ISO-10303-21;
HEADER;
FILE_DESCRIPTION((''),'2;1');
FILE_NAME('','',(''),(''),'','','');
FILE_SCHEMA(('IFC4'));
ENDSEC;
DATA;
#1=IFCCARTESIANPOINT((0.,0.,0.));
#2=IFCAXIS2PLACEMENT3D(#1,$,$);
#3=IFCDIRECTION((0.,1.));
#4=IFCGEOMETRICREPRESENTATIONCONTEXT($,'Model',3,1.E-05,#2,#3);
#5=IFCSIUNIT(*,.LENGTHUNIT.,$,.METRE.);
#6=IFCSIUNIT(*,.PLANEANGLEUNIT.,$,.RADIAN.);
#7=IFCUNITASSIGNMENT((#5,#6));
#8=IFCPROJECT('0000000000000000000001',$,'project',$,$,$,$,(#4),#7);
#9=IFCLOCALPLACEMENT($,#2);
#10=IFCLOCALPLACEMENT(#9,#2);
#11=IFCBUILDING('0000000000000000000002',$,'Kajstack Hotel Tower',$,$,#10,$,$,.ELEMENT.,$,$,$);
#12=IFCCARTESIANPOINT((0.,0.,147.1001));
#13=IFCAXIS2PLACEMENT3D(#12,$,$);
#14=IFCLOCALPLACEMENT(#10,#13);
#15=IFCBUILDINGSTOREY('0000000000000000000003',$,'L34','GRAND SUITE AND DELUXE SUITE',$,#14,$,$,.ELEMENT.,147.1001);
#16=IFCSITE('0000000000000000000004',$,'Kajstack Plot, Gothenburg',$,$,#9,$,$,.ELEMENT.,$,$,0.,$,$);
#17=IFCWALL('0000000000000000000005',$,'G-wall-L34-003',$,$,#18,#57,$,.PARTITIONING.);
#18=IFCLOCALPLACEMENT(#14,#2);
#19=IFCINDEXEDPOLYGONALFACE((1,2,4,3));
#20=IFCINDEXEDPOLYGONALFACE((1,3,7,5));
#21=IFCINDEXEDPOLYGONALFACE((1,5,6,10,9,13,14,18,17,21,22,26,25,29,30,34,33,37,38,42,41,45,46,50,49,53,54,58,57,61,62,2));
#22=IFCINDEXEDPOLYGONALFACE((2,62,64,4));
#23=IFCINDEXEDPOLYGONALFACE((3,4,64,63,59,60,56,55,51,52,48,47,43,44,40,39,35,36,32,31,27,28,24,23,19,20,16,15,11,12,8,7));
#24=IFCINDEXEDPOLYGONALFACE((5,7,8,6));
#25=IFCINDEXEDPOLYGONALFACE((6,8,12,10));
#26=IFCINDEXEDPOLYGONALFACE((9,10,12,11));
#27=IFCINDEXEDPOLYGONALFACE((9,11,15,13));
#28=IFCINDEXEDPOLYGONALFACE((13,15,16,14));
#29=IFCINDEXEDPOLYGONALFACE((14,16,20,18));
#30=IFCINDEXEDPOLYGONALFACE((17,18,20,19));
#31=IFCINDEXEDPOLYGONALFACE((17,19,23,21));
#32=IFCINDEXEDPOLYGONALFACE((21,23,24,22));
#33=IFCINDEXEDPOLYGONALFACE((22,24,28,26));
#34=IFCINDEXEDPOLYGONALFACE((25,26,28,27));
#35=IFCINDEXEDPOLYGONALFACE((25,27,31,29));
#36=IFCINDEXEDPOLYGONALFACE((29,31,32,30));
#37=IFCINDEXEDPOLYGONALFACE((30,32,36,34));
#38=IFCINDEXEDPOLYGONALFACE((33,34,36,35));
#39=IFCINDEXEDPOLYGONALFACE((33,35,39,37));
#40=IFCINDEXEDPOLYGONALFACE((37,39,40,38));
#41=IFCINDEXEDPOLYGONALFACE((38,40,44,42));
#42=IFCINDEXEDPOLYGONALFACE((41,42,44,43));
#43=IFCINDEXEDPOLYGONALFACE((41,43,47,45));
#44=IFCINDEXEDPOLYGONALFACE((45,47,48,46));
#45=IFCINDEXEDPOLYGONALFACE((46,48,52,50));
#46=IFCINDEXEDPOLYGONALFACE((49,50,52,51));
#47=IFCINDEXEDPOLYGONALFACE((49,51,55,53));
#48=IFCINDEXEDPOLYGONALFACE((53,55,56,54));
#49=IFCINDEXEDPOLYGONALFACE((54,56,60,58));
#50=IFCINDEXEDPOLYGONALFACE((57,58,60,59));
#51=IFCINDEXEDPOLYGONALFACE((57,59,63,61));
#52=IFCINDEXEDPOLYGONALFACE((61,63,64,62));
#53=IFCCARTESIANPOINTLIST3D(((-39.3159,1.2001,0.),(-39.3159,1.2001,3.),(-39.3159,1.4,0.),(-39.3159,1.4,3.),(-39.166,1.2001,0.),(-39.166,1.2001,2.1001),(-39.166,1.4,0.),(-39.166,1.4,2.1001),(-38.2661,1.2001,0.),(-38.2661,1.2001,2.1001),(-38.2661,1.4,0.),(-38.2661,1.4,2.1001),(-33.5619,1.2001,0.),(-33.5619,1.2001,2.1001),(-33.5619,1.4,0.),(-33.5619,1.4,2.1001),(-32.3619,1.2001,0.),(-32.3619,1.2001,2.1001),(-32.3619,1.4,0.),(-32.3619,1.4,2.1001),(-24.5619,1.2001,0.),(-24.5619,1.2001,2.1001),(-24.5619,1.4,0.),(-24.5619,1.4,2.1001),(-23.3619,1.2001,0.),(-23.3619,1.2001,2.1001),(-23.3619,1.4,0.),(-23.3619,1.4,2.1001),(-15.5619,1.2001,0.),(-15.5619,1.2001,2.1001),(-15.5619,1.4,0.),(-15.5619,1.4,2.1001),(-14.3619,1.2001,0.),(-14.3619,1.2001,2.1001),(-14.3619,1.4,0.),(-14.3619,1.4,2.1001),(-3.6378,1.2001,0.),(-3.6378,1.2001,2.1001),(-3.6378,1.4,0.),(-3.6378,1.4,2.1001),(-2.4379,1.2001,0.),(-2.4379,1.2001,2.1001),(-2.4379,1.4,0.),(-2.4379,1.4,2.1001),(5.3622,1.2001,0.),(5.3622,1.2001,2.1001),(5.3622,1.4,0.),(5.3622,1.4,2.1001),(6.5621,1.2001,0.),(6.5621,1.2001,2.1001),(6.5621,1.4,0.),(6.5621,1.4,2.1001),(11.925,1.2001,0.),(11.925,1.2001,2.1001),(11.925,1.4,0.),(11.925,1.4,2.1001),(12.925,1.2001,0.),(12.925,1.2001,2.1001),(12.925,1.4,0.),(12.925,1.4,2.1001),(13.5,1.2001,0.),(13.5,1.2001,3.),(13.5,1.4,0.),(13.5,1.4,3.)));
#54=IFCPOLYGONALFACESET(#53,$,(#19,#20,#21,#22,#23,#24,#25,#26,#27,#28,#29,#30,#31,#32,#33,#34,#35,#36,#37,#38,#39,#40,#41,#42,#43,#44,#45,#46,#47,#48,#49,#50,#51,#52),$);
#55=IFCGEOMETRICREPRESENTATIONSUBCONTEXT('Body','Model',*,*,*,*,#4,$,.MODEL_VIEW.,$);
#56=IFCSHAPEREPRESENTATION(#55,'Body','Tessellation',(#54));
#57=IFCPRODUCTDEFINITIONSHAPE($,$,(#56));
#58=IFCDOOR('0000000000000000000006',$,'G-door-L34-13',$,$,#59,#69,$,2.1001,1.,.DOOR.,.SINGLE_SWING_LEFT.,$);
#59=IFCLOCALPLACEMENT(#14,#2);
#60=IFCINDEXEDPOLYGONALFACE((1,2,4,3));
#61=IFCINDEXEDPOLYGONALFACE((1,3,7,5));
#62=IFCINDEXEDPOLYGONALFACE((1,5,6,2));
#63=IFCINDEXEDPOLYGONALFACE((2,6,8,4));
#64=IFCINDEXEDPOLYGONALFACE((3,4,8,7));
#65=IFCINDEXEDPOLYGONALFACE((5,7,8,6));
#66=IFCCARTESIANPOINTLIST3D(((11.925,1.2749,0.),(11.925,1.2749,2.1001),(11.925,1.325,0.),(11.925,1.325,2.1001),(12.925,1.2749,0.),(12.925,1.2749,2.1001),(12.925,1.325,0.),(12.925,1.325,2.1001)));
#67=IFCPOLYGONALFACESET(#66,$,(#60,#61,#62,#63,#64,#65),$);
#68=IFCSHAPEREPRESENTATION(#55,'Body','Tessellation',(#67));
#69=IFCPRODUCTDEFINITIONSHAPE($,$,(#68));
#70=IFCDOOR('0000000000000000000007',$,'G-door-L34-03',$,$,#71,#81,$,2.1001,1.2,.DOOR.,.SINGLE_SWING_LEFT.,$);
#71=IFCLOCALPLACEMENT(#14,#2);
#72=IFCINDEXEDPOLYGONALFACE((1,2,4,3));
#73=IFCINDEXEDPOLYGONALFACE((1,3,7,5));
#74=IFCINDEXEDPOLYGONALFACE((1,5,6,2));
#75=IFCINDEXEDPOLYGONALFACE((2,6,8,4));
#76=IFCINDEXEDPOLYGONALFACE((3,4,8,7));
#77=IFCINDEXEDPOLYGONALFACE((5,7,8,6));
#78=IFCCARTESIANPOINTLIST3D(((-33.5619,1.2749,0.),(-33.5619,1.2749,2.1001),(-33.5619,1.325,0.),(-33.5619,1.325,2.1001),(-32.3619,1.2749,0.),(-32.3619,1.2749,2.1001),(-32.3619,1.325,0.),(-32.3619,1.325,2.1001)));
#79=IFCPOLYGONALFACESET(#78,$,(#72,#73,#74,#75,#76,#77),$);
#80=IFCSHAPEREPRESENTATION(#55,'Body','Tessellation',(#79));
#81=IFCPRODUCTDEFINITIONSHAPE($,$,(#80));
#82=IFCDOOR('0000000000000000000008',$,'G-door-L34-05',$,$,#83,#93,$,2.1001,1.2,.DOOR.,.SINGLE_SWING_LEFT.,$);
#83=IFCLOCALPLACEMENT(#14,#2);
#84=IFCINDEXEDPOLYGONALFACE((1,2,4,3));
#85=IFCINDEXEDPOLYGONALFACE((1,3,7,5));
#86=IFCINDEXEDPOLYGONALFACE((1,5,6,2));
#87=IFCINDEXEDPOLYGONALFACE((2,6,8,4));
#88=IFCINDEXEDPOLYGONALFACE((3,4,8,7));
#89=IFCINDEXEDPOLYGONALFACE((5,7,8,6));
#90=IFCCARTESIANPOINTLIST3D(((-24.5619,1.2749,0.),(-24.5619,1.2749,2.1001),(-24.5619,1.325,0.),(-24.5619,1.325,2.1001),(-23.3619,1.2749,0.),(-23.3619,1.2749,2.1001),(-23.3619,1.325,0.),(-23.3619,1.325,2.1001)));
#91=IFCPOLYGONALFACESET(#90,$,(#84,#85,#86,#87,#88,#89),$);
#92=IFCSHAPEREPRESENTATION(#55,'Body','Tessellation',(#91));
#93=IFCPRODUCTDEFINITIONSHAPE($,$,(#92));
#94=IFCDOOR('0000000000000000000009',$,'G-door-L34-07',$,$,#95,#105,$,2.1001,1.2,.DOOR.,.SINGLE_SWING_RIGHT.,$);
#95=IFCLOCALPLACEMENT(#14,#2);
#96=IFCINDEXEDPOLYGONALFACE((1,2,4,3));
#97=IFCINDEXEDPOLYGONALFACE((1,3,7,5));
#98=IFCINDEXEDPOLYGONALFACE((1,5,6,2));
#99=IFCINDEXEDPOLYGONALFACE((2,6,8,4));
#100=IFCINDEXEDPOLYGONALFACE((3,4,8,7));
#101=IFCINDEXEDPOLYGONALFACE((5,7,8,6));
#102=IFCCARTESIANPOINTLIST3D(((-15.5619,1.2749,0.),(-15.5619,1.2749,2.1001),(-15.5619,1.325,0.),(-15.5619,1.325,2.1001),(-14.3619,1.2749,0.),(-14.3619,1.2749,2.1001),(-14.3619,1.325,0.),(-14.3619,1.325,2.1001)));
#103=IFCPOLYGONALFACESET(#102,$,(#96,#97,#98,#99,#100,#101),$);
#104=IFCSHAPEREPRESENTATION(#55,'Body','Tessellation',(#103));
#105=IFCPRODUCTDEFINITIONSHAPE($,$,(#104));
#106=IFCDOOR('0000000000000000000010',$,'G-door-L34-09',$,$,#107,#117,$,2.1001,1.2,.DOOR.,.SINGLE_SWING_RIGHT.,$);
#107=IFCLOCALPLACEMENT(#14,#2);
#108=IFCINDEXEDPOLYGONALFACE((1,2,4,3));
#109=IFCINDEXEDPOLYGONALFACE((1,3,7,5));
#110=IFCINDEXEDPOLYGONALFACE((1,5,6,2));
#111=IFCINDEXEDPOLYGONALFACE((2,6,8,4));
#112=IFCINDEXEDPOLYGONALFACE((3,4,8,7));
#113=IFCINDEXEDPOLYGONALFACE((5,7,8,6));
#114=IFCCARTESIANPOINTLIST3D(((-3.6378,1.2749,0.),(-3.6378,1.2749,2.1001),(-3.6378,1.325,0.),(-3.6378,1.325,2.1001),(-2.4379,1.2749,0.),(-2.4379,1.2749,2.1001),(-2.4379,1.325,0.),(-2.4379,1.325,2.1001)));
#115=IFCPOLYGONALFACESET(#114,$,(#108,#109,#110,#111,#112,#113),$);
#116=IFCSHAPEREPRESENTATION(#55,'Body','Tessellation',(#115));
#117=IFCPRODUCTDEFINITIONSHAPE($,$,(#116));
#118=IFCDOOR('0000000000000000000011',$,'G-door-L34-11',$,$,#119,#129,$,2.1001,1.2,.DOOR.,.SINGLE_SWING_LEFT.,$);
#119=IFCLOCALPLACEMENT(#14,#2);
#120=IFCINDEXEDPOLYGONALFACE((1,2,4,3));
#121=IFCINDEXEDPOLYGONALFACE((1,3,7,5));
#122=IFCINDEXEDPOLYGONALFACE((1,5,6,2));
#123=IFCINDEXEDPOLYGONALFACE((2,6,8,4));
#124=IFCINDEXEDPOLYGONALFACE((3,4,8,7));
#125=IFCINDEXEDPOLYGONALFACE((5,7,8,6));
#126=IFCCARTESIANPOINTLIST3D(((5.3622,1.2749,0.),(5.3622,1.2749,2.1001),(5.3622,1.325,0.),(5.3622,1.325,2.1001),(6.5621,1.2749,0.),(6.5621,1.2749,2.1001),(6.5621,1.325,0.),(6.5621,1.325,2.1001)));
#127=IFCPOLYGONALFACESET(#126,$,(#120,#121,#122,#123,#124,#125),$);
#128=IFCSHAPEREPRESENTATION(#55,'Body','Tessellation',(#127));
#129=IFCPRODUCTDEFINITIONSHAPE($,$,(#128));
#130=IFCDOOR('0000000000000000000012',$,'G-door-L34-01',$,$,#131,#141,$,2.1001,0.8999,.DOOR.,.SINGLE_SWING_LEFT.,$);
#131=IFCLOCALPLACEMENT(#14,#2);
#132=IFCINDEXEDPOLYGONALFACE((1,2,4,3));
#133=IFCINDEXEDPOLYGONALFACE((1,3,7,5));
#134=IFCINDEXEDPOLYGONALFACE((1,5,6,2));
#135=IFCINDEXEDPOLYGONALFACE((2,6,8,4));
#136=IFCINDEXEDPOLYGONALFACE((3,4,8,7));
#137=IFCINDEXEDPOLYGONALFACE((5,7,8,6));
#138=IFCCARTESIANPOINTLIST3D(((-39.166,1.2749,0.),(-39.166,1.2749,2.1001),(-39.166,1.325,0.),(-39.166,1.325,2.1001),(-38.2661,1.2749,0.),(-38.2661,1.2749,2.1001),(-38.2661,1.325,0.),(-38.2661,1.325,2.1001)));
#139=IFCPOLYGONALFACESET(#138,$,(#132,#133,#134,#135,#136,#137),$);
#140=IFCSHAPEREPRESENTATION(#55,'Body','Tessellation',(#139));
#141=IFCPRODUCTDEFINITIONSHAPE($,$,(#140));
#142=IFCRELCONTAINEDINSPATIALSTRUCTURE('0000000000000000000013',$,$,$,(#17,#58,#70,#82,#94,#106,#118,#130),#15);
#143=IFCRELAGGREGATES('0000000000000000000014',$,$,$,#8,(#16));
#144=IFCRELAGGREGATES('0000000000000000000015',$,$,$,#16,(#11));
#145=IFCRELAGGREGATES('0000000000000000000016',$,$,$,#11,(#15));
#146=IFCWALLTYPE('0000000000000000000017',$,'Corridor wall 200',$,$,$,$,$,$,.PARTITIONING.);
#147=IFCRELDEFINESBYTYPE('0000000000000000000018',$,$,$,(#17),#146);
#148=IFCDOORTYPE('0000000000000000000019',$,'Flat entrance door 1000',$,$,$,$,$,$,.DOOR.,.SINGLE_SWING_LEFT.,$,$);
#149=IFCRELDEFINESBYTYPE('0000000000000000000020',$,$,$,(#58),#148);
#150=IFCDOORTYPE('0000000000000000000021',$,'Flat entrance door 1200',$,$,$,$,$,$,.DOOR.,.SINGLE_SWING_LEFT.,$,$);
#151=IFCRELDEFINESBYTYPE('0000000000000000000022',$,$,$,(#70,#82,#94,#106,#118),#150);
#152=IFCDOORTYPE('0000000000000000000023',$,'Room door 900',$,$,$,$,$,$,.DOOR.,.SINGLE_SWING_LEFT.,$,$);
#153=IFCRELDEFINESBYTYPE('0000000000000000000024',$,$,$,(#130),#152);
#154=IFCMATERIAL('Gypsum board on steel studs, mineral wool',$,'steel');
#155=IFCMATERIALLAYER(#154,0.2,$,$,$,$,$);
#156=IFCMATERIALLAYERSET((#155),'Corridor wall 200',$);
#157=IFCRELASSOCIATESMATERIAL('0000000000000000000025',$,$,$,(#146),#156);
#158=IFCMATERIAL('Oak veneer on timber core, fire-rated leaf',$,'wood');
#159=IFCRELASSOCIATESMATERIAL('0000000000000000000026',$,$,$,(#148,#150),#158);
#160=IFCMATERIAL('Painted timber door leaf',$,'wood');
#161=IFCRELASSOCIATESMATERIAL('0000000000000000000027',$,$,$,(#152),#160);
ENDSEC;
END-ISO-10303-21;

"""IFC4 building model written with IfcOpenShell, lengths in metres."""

from ifc_helpers import new_model, si_unit, direction, frame, frame_2d, origin, place, context, subcontext, project, spatial, rectangle, extrude, material, layer, layer_set, type_object, element, fill, save


model = new_model("IFC4")

# Units and contexts
model_context = context("Model", 3, precision=1e-05, world=origin(), true_north=direction((0.0, 1.0)))
body_context = subcontext(model_context, "Body", "Model", "MODEL_VIEW")
ifc_project = project(units=[si_unit("LENGTHUNIT", "METRE"), si_unit("PLANEANGLEUNIT", "RADIAN")], contexts=[model_context])

# Site, building, storey
site_placement = place(None, origin())
site = spatial("IfcSite", under=ifc_project, at=site_placement, Name="Kajstack Plot, Gothenburg", CompositionType="ELEMENT", RefElevation=0.0)
building_placement = place(site_placement, origin())
building = spatial("IfcBuilding", under=site, at=building_placement, Name="Kajstack Hotel Tower", CompositionType="ELEMENT")
storey_placement = place(building_placement, frame((0.0, 0.0, 147.1001)))
storey = spatial("IfcBuildingStorey", under=building, at=storey_placement, Name="L34", Description="GRAND SUITE AND DELUXE SUITE", CompositionType="ELEMENT", Elevation=147.1001)

# Wall, openings, doors
ifc_material_1 = material(Name="Gypsum board on steel studs, mineral wool", Category="steel")
ifc_layer_1 = layer(ifc_material_1, 0.2)
ifc_layer_set_1 = layer_set([ifc_layer_1], Name="Corridor wall 200")
wall_type_1 = type_object("IfcWallType", Name="Corridor wall 200", PredefinedType="PARTITIONING", material=ifc_layer_set_1)
wall_1_placement = place(storey_placement, frame((-39.3159, 1.3, 0.0), z_axis=(0.0, 0.0, 1.0), x_axis=(1.0, 0.0, 0.0)))
wall_1 = element("IfcWall", 1, at=wall_1_placement, inside=storey, type_object=wall_type_1, Name="G-wall-L34-003", PredefinedType="PARTITIONING", context=body_context, shape_type="SweptSolid", body=[
    extrude(rectangle(XDim=52.8159, YDim=0.2, at=frame_2d((26.408, 0.0))), origin(), (0.0, 0.0, 1.0), 3.0),
])
opening_1_placement = place(wall_1_placement, frame((0.1499, 0.0, 0.0)))
opening_1 = element("IfcOpeningElement", 2, at=opening_1_placement, cuts=wall_1, PredefinedType="OPENING", context=body_context, shape_type="SweptSolid", body=[
    extrude(rectangle(XDim=0.8999, YDim=2.1001, at=frame_2d((0.45, 1.05))), frame((0.0, 0.1099, 0.0), z_axis=(0.0, -1.0, 0.0), x_axis=(1.0, 0.0, 0.0)), (0.0, 0.0, 1.0), 0.22),
])
opening_2_placement = place(wall_1_placement, frame((5.7539, 0.0, 0.0)))
opening_2 = element("IfcOpeningElement", 3, at=opening_2_placement, cuts=wall_1, PredefinedType="OPENING", context=body_context, shape_type="SweptSolid", body=[
    extrude(rectangle(XDim=1.2, YDim=2.1001, at=frame_2d((0.6001, 1.05))), frame((0.0, 0.1099, 0.0), z_axis=(0.0, -1.0, 0.0), x_axis=(1.0, 0.0, 0.0)), (0.0, 0.0, 1.0), 0.22),
])
opening_3_placement = place(wall_1_placement, frame((14.7539, 0.0, 0.0)))
opening_3 = element("IfcOpeningElement", 4, at=opening_3_placement, cuts=wall_1, PredefinedType="OPENING", context=body_context, shape_type="SweptSolid", body=[
    extrude(rectangle(XDim=1.2, YDim=2.1001, at=frame_2d((0.6001, 1.05))), frame((0.0, 0.1099, 0.0), z_axis=(0.0, -1.0, 0.0), x_axis=(1.0, 0.0, 0.0)), (0.0, 0.0, 1.0), 0.22),
])
opening_4_placement = place(wall_1_placement, frame((23.7539, 0.0, 0.0)))
opening_4 = element("IfcOpeningElement", 5, at=opening_4_placement, cuts=wall_1, PredefinedType="OPENING", context=body_context, shape_type="SweptSolid", body=[
    extrude(rectangle(XDim=1.2, YDim=2.1001, at=frame_2d((0.6001, 1.05))), frame((0.0, 0.1099, 0.0), z_axis=(0.0, -1.0, 0.0), x_axis=(1.0, 0.0, 0.0)), (0.0, 0.0, 1.0), 0.22),
])
opening_5_placement = place(wall_1_placement, frame((35.678, 0.0, 0.0)))
opening_5 = element("IfcOpeningElement", 6, at=opening_5_placement, cuts=wall_1, PredefinedType="OPENING", context=body_context, shape_type="SweptSolid", body=[
    extrude(rectangle(XDim=1.2, YDim=2.1001, at=frame_2d((0.6001, 1.05))), frame((0.0, 0.1099, 0.0), z_axis=(0.0, -1.0, 0.0), x_axis=(1.0, 0.0, 0.0)), (0.0, 0.0, 1.0), 0.22),
])
opening_6_placement = place(wall_1_placement, frame((44.678, 0.0, 0.0)))
opening_6 = element("IfcOpeningElement", 7, at=opening_6_placement, cuts=wall_1, PredefinedType="OPENING", context=body_context, shape_type="SweptSolid", body=[
    extrude(rectangle(XDim=1.2, YDim=2.1001, at=frame_2d((0.6001, 1.05))), frame((0.0, 0.1099, 0.0), z_axis=(0.0, -1.0, 0.0), x_axis=(1.0, 0.0, 0.0)), (0.0, 0.0, 1.0), 0.22),
])
opening_7_placement = place(wall_1_placement, frame((51.241, 0.0, 0.0)))
opening_7 = element("IfcOpeningElement", 8, at=opening_7_placement, cuts=wall_1, PredefinedType="OPENING", context=body_context, shape_type="SweptSolid", body=[
    extrude(rectangle(XDim=1.0, YDim=2.1001, at=frame_2d((0.5, 1.05))), frame((0.0, 0.1099, 0.0), z_axis=(0.0, -1.0, 0.0), x_axis=(1.0, 0.0, 0.0)), (0.0, 0.0, 1.0), 0.22),
])
ifc_material_2 = material(Name="Oak veneer on timber core, fire-rated leaf", Category="wood")
door_type_1 = type_object("IfcDoorType", Name="Flat entrance door 1000", OperationType="SINGLE_SWING_LEFT", PredefinedType="DOOR", material=ifc_material_2)
door_1_placement = place(opening_7_placement, origin())
door_1 = element("IfcDoor", 9, at=door_1_placement, inside=storey, type_object=door_type_1, Name="G-door-L34-13", OperationType="SINGLE_SWING_LEFT", OverallHeight=2.1001, OverallWidth=1.0, PredefinedType="DOOR", context=body_context, shape_type="SweptSolid", body=[
    extrude(rectangle(XDim=1.0, YDim=2.1001, at=frame_2d((0.5, 1.05))), frame((0.0, 0.0249, 0.0), z_axis=(0.0, -1.0, 0.0), x_axis=(1.0, 0.0, 0.0)), (0.0, 0.0, 1.0), 0.05),
])
fill(opening_7, door_1)
door_type_2 = type_object("IfcDoorType", Name="Flat entrance door 1200", OperationType="SINGLE_SWING_LEFT", PredefinedType="DOOR", material=ifc_material_2)
door_2_placement = place(opening_2_placement, origin())
door_2 = element("IfcDoor", 10, at=door_2_placement, inside=storey, type_object=door_type_2, Name="G-door-L34-03", OperationType="SINGLE_SWING_LEFT", OverallHeight=2.1001, OverallWidth=1.2, PredefinedType="DOOR", context=body_context, shape_type="SweptSolid", body=[
    extrude(rectangle(XDim=1.2, YDim=2.1001, at=frame_2d((0.6001, 1.05))), frame((0.0, 0.0249, 0.0), z_axis=(0.0, -1.0, 0.0), x_axis=(1.0, 0.0, 0.0)), (0.0, 0.0, 1.0), 0.05),
])
fill(opening_2, door_2)
door_3_placement = place(opening_3_placement, origin())
door_3 = element("IfcDoor", 11, at=door_3_placement, inside=storey, type_object=door_type_2, Name="G-door-L34-05", OperationType="SINGLE_SWING_LEFT", OverallHeight=2.1001, OverallWidth=1.2, PredefinedType="DOOR", context=body_context, shape_type="SweptSolid", body=[
    extrude(rectangle(XDim=1.2, YDim=2.1001, at=frame_2d((0.6001, 1.05))), frame((0.0, 0.0249, 0.0), z_axis=(0.0, -1.0, 0.0), x_axis=(1.0, 0.0, 0.0)), (0.0, 0.0, 1.0), 0.05),
])
fill(opening_3, door_3)
door_4_placement = place(opening_4_placement, origin())
door_4 = element("IfcDoor", 12, at=door_4_placement, inside=storey, type_object=door_type_2, Name="G-door-L34-07", OperationType="SINGLE_SWING_RIGHT", OverallHeight=2.1001, OverallWidth=1.2, PredefinedType="DOOR", context=body_context, shape_type="SweptSolid", body=[
    extrude(rectangle(XDim=1.2, YDim=2.1001, at=frame_2d((0.6001, 1.05))), frame((0.0, 0.0249, 0.0), z_axis=(0.0, -1.0, 0.0), x_axis=(1.0, 0.0, 0.0)), (0.0, 0.0, 1.0), 0.05),
])
fill(opening_4, door_4)
door_5_placement = place(opening_5_placement, origin())
door_5 = element("IfcDoor", 13, at=door_5_placement, inside=storey, type_object=door_type_2, Name="G-door-L34-09", OperationType="SINGLE_SWING_RIGHT", OverallHeight=2.1001, OverallWidth=1.2, PredefinedType="DOOR", context=body_context, shape_type="SweptSolid", body=[
    extrude(rectangle(XDim=1.2, YDim=2.1001, at=frame_2d((0.6001, 1.05))), frame((0.0, 0.0249, 0.0), z_axis=(0.0, -1.0, 0.0), x_axis=(1.0, 0.0, 0.0)), (0.0, 0.0, 1.0), 0.05),
])
fill(opening_5, door_5)
door_6_placement = place(opening_6_placement, origin())
door_6 = element("IfcDoor", 14, at=door_6_placement, inside=storey, type_object=door_type_2, Name="G-door-L34-11", OperationType="SINGLE_SWING_LEFT", OverallHeight=2.1001, OverallWidth=1.2, PredefinedType="DOOR", context=body_context, shape_type="SweptSolid", body=[
    extrude(rectangle(XDim=1.2, YDim=2.1001, at=frame_2d((0.6001, 1.05))), frame((0.0, 0.0249, 0.0), z_axis=(0.0, -1.0, 0.0), x_axis=(1.0, 0.0, 0.0)), (0.0, 0.0, 1.0), 0.05),
])
fill(opening_6, door_6)
ifc_material_3 = material(Name="Painted timber door leaf", Category="wood")
door_type_3 = type_object("IfcDoorType", Name="Room door 900", OperationType="SINGLE_SWING_LEFT", PredefinedType="DOOR", material=ifc_material_3)
door_7_placement = place(opening_1_placement, origin())
door_7 = element("IfcDoor", 15, at=door_7_placement, inside=storey, type_object=door_type_3, Name="G-door-L34-01", OperationType="SINGLE_SWING_LEFT", OverallHeight=2.1001, OverallWidth=0.8999, PredefinedType="DOOR", context=body_context, shape_type="SweptSolid", body=[
    extrude(rectangle(XDim=0.8999, YDim=2.1001, at=frame_2d((0.45, 1.05))), frame((0.0, 0.0249, 0.0), z_axis=(0.0, -1.0, 0.0), x_axis=(1.0, 0.0, 0.0)), (0.0, 0.0, 1.0), 0.05),
])
fill(opening_1, door_7)

save(model, "model.ifc")
